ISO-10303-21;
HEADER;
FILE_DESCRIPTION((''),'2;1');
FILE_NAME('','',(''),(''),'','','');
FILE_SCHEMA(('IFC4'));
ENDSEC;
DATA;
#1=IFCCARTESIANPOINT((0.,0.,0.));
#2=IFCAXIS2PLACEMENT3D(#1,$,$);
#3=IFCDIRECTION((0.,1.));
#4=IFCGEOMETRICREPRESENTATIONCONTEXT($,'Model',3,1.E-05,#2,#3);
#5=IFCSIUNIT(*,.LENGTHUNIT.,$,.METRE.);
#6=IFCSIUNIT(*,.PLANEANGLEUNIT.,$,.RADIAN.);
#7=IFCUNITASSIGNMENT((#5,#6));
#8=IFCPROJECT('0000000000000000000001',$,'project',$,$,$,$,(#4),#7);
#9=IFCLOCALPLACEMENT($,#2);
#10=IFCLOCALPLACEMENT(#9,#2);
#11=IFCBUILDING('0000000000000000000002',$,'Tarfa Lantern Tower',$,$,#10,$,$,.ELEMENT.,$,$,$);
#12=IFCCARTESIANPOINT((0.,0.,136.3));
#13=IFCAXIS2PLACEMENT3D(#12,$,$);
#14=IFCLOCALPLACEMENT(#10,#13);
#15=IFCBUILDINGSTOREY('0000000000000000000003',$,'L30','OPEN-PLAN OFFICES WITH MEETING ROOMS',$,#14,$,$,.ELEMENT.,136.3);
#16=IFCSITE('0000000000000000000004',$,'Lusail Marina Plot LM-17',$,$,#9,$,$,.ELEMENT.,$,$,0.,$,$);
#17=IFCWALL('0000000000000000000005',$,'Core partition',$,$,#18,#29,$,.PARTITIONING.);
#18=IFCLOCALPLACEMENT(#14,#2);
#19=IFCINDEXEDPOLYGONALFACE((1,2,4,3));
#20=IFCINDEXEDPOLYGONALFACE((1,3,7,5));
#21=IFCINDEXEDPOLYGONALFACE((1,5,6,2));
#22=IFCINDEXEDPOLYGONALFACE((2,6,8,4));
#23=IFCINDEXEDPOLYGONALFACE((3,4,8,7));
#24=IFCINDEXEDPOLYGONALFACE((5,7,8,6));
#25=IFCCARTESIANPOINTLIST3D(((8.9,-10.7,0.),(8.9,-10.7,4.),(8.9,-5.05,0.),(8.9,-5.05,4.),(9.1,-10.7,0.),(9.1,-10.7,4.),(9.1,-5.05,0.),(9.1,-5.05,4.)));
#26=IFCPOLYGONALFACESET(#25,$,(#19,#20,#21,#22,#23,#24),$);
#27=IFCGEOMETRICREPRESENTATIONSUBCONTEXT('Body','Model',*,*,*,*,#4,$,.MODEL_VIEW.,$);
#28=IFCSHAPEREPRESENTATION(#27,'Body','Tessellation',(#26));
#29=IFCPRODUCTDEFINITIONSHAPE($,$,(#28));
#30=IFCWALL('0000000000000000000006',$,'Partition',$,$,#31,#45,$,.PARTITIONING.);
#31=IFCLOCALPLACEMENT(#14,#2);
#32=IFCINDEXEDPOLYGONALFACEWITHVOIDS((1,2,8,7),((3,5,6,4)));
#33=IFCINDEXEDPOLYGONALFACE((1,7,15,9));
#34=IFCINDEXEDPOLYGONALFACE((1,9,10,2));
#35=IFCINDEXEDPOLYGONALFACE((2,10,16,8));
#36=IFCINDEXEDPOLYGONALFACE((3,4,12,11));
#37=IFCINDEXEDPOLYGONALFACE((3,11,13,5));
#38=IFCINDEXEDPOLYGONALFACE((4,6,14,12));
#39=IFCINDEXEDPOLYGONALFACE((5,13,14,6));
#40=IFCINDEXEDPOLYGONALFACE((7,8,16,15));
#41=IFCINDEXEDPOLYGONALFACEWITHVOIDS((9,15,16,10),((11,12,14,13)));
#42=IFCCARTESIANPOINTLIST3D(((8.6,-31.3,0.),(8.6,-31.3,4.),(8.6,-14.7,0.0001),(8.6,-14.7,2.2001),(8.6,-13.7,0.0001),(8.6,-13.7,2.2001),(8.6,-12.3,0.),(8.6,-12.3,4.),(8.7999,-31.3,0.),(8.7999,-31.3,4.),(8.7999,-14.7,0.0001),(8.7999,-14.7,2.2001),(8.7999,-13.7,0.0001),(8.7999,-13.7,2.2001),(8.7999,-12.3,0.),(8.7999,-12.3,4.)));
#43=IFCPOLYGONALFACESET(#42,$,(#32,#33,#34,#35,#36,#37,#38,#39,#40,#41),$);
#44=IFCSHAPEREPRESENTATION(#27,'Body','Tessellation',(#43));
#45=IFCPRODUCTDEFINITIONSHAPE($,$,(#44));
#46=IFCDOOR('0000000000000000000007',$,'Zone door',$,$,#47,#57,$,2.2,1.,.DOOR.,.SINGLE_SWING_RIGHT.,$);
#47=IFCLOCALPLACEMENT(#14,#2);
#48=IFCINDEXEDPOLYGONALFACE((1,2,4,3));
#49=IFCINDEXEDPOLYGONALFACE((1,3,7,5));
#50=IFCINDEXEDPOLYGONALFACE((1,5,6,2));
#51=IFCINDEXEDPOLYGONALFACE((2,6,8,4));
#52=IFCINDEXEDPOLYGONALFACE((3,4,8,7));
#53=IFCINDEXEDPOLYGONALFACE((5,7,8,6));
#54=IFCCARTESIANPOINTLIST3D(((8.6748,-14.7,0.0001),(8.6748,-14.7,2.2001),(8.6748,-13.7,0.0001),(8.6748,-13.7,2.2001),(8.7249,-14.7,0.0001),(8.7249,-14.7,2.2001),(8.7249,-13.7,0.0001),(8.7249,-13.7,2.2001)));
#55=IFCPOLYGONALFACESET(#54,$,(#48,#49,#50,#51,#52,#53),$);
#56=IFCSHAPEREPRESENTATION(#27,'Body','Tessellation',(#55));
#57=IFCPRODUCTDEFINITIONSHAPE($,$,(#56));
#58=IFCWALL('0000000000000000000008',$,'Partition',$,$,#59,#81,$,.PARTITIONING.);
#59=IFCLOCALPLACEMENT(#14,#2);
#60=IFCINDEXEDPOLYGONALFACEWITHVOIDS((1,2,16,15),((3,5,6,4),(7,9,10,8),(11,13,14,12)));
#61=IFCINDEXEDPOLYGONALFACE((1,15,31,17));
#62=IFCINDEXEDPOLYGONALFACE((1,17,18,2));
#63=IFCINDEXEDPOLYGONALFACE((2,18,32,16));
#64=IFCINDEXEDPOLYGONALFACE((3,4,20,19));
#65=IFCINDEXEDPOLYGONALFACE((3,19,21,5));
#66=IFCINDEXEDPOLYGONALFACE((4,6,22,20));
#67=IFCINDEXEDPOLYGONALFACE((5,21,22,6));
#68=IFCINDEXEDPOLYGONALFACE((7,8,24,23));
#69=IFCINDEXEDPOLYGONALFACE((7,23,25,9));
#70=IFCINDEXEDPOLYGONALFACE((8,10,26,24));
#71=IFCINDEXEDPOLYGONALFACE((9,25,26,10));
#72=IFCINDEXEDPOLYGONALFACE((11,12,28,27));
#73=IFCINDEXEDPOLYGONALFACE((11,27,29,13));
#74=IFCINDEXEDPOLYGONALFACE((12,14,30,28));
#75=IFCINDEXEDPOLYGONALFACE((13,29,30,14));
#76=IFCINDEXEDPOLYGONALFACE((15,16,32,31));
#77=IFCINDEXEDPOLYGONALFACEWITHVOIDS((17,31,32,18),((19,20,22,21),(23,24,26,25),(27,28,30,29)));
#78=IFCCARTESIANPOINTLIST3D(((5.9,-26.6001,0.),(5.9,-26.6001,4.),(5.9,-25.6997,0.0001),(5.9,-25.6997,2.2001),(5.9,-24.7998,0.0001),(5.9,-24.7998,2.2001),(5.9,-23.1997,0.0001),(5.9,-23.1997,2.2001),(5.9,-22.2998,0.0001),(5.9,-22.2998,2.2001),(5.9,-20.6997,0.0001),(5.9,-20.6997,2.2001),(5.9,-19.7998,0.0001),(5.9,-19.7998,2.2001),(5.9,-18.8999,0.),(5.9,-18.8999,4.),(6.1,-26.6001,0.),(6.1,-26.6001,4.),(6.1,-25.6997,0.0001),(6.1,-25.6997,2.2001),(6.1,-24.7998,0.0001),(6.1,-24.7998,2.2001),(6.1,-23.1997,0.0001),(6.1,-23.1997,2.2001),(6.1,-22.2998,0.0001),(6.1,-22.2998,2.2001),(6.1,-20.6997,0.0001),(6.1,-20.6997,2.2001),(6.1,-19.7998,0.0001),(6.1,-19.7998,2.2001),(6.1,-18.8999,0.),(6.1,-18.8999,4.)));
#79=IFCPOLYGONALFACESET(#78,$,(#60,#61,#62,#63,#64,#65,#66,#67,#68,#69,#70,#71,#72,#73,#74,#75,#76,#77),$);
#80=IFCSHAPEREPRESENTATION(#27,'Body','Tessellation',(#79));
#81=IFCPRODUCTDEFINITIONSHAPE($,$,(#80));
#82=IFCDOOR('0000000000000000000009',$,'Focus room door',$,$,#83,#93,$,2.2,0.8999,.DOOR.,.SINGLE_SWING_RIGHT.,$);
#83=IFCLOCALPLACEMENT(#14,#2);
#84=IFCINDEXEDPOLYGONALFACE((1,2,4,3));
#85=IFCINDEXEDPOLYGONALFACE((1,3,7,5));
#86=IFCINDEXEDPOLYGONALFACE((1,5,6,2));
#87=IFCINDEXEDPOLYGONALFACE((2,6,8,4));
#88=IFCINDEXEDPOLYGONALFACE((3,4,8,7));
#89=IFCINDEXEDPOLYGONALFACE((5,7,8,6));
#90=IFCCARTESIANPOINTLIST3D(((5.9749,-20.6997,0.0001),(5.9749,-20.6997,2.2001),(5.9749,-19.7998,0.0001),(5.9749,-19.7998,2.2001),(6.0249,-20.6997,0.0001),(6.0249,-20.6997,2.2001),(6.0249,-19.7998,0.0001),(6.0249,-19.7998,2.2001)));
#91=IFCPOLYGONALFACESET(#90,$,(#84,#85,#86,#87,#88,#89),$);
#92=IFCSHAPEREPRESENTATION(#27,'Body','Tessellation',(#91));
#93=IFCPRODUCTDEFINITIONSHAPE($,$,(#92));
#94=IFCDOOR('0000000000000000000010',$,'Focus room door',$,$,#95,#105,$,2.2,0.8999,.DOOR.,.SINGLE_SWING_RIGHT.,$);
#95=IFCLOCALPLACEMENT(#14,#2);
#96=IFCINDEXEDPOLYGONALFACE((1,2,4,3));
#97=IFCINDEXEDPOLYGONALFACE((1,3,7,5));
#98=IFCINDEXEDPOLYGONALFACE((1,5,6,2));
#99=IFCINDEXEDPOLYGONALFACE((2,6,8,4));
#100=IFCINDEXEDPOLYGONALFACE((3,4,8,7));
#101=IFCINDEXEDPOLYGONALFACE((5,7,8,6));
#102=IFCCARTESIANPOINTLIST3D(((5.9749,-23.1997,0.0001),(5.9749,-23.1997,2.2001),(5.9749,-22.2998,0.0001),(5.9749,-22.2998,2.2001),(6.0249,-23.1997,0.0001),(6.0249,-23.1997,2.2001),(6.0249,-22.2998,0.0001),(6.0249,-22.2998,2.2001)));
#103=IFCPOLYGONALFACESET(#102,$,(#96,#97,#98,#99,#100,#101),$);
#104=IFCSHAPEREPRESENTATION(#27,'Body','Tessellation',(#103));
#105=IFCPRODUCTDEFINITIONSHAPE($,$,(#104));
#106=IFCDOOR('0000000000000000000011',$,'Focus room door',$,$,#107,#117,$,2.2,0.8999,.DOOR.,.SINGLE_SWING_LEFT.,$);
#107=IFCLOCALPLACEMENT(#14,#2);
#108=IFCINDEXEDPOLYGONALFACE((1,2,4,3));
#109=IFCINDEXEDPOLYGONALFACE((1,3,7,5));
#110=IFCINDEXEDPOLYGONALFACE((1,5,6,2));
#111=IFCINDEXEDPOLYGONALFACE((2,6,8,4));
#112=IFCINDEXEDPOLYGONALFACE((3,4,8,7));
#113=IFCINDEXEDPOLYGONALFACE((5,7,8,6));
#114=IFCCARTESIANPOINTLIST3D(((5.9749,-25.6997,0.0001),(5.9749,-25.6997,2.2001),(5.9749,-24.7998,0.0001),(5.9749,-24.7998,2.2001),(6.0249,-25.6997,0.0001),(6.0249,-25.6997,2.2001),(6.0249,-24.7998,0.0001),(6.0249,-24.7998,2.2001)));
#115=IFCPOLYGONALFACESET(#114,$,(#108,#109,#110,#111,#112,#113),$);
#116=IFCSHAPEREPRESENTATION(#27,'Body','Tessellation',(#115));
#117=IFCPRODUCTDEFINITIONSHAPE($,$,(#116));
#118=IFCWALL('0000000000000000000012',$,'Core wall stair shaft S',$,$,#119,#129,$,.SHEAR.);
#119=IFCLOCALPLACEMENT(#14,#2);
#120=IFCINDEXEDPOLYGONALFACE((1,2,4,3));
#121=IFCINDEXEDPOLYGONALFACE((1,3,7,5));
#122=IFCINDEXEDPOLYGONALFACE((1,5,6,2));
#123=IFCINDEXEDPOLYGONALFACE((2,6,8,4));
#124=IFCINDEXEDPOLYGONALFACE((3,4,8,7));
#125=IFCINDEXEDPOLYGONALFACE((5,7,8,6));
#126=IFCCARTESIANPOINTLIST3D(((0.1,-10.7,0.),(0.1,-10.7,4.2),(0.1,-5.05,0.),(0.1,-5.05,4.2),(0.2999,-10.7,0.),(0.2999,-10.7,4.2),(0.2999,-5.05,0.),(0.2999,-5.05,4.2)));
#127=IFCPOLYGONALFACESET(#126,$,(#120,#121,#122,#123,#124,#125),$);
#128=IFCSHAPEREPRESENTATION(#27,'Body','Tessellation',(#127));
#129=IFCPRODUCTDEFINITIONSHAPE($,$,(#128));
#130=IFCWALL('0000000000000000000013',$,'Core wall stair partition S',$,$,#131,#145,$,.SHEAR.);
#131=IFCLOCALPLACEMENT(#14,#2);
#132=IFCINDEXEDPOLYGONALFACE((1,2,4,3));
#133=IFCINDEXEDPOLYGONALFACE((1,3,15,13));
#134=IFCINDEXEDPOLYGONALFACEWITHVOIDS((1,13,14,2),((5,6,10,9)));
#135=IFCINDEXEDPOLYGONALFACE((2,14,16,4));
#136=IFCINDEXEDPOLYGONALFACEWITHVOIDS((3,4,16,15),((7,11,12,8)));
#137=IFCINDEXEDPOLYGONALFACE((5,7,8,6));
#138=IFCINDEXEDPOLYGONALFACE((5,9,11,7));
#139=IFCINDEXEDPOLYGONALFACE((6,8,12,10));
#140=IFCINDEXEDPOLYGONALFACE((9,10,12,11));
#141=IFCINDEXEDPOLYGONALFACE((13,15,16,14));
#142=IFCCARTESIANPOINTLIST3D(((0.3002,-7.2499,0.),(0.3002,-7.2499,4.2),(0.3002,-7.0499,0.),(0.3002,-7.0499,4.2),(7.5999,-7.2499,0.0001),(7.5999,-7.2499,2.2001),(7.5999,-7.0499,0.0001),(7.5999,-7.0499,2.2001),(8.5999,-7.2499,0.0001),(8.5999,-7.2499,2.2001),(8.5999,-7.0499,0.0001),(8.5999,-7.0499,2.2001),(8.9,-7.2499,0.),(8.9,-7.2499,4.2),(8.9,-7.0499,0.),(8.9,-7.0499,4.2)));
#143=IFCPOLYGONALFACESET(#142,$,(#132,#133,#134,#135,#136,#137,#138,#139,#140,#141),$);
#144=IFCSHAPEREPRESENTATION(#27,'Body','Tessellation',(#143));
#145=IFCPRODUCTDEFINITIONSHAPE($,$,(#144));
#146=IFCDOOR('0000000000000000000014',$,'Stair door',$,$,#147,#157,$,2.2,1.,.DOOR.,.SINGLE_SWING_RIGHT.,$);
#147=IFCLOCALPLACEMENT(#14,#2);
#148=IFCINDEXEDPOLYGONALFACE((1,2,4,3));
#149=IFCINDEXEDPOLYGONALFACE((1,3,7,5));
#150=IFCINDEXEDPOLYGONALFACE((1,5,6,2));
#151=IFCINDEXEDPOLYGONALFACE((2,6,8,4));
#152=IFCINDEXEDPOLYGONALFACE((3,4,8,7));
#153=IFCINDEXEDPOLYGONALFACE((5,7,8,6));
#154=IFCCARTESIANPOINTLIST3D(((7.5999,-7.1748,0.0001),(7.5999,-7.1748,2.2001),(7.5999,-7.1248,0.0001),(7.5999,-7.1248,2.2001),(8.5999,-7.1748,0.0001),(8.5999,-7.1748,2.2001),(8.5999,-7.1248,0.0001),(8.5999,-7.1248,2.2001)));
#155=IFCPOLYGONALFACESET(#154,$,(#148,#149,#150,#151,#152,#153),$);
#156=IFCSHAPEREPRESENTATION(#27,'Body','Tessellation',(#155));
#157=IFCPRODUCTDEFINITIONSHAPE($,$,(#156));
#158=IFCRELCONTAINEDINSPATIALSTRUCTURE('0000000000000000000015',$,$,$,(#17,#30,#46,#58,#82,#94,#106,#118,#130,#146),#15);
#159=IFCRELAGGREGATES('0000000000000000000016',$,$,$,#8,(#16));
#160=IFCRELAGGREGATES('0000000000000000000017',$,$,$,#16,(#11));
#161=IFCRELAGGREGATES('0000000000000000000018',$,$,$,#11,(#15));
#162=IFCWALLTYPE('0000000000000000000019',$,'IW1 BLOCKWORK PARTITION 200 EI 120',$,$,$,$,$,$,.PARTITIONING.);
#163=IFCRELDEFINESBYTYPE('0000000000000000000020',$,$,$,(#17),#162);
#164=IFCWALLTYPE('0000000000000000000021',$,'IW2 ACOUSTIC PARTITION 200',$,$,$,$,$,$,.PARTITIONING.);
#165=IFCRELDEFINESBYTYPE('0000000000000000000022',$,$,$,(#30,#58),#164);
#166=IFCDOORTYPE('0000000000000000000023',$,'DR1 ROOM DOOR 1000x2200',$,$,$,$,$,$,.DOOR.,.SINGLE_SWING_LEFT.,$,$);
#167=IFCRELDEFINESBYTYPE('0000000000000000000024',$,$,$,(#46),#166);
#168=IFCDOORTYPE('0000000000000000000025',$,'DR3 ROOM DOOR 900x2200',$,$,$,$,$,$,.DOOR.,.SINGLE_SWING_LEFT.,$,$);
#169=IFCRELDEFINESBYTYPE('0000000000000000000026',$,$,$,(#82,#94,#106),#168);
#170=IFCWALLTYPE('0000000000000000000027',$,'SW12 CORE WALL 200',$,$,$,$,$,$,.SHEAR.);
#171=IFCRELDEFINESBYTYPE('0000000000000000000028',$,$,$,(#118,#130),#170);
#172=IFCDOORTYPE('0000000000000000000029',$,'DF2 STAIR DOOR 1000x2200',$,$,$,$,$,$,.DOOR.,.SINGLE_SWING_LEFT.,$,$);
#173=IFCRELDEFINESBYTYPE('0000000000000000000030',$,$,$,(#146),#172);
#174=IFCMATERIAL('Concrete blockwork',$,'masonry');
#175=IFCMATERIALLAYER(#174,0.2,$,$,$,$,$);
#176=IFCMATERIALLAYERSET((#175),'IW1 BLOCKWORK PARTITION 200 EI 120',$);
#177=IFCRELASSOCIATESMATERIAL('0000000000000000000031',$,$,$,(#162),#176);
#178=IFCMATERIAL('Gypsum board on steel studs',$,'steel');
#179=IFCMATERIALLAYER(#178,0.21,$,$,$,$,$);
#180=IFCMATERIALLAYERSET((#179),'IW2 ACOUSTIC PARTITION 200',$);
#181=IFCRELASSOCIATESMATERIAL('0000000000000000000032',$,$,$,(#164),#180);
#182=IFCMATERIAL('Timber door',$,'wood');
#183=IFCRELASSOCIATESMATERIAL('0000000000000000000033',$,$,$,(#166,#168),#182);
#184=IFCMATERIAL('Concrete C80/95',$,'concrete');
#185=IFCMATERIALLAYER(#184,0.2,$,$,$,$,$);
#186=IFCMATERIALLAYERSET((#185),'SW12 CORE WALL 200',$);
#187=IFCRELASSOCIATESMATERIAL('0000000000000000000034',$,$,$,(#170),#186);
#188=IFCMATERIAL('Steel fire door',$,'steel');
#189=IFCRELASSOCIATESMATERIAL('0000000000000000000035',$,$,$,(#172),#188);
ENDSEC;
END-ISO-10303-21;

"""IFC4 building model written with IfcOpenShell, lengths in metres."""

from ifc_helpers import new_model, si_unit, direction, frame, frame_2d, origin, place, context, subcontext, project, spatial, rectangle, extrude, material, layer, layer_set, type_object, element, fill, save


model = new_model("IFC4")

# Units and contexts
model_context = context("Model", 3, precision=1e-05, world=origin(), true_north=direction((0.0, 1.0)))
body_context = subcontext(model_context, "Body", "Model", "MODEL_VIEW")
ifc_project = project(units=[si_unit("LENGTHUNIT", "METRE"), si_unit("PLANEANGLEUNIT", "RADIAN")], contexts=[model_context])

# Site, building, storey
site_placement = place(None, origin())
site = spatial("IfcSite", under=ifc_project, at=site_placement, Name="Lusail Marina Plot LM-17", CompositionType="ELEMENT", RefElevation=0.0)
building_placement = place(site_placement, origin())
building = spatial("IfcBuilding", under=site, at=building_placement, Name="Tarfa Lantern Tower", CompositionType="ELEMENT")
storey_placement = place(building_placement, frame((0.0, 0.0, 136.3)))
storey = spatial("IfcBuildingStorey", under=building, at=storey_placement, Name="L30", Description="OPEN-PLAN OFFICES WITH MEETING ROOMS", CompositionType="ELEMENT", Elevation=136.3)

# Wall
ifc_material_1 = material(Name="Concrete blockwork", Category="masonry")
ifc_layer_1 = layer(ifc_material_1, 0.2)
ifc_layer_set_1 = layer_set([ifc_layer_1], Name="IW1 BLOCKWORK PARTITION 200 EI 120")
wall_type_1 = type_object("IfcWallType", Name="IW1 BLOCKWORK PARTITION 200 EI 120", PredefinedType="PARTITIONING", material=ifc_layer_set_1)
wall_1_placement = place(storey_placement, frame((9.0, -5.05, 0.0), z_axis=(0.0, 0.0, 1.0), x_axis=(0.0, -1.0, 0.0)))
element("IfcWall", 1, at=wall_1_placement, inside=storey, type_object=wall_type_1, Name="Core partition", PredefinedType="PARTITIONING", context=body_context, shape_type="SweptSolid", body=[
    extrude(rectangle(XDim=5.6499, YDim=0.2, at=frame_2d((2.825, 0.0))), origin(), (0.0, 0.0, 1.0), 4.0),
])

# Wall, opening, door
ifc_material_2 = material(Name="Gypsum board on steel studs", Category="steel")
ifc_layer_2 = layer(ifc_material_2, 0.21)
ifc_layer_set_2 = layer_set([ifc_layer_2], Name="IW2 ACOUSTIC PARTITION 200")
wall_type_2 = type_object("IfcWallType", Name="IW2 ACOUSTIC PARTITION 200", PredefinedType="PARTITIONING", material=ifc_layer_set_2)
wall_2_placement = place(storey_placement, frame((8.7, -12.3, 0.0), z_axis=(0.0, 0.0, 1.0), x_axis=(0.0, -1.0, 0.0)))
wall_2 = element("IfcWall", 2, at=wall_2_placement, inside=storey, type_object=wall_type_2, Name="Partition", PredefinedType="PARTITIONING", context=body_context, shape_type="SweptSolid", body=[
    extrude(rectangle(XDim=19.0, YDim=0.2, at=frame_2d((9.5, 0.0))), origin(), (0.0, 0.0, 1.0), 4.0),
])
opening_1_placement = place(wall_2_placement, frame((1.3999, 0.0, 0.0)))
opening_1 = element("IfcOpeningElement", 3, at=opening_1_placement, cuts=wall_2, PredefinedType="OPENING", context=body_context, shape_type="SweptSolid", body=[
    extrude(rectangle(XDim=1.0, YDim=2.2, at=frame_2d((0.5, 1.1001))), frame((0.0, 0.1099, 0.0), z_axis=(0.0, -1.0, 0.0), x_axis=(1.0, 0.0, 0.0)), (0.0, 0.0, 1.0), 0.22),
])
ifc_material_3 = material(Name="Timber door", Category="wood")
door_type_1 = type_object("IfcDoorType", Name="DR1 ROOM DOOR 1000x2200", OperationType="SINGLE_SWING_LEFT", PredefinedType="DOOR", material=ifc_material_3)
door_1_placement = place(opening_1_placement, origin())
door_1 = element("IfcDoor", 4, at=door_1_placement, inside=storey, type_object=door_type_1, Name="Zone door", OperationType="SINGLE_SWING_RIGHT", OverallHeight=2.2, OverallWidth=1.0, PredefinedType="DOOR", context=body_context, shape_type="SweptSolid", body=[
    extrude(rectangle(XDim=1.0, YDim=2.2, at=frame_2d((0.5, 1.1001))), frame((0.0, 0.0249, 0.0), z_axis=(0.0, -1.0, 0.0), x_axis=(1.0, 0.0, 0.0)), (0.0, 0.0, 1.0), 0.05),
])
fill(opening_1, door_1)

# Wall, openings, doors
wall_3_placement = place(storey_placement, frame((6.0, -18.8999, 0.0), z_axis=(0.0, 0.0, 1.0), x_axis=(0.0, -1.0, 0.0)))
wall_3 = element("IfcWall", 5, at=wall_3_placement, inside=storey, type_object=wall_type_2, Name="Partition", PredefinedType="PARTITIONING", context=body_context, shape_type="SweptSolid", body=[
    extrude(rectangle(XDim=7.7002, YDim=0.2, at=frame_2d((3.8501, 0.0))), origin(), (0.0, 0.0, 1.0), 4.0),
])
opening_2_placement = place(wall_3_placement, frame((0.8999, 0.0, 0.0)))
opening_2 = element("IfcOpeningElement", 6, at=opening_2_placement, cuts=wall_3, PredefinedType="OPENING", context=body_context, shape_type="SweptSolid", body=[
    extrude(rectangle(XDim=0.8999, YDim=2.2, at=frame_2d((0.45, 1.1001))), frame((0.0, 0.1099, 0.0), z_axis=(0.0, -1.0, 0.0), x_axis=(1.0, 0.0, 0.0)), (0.0, 0.0, 1.0), 0.22),
])
opening_3_placement = place(wall_3_placement, frame((3.3999, 0.0, 0.0)))
opening_3 = element("IfcOpeningElement", 7, at=opening_3_placement, cuts=wall_3, PredefinedType="OPENING", context=body_context, shape_type="SweptSolid", body=[
    extrude(rectangle(XDim=0.8999, YDim=2.2, at=frame_2d((0.45, 1.1001))), frame((0.0, 0.1099, 0.0), z_axis=(0.0, -1.0, 0.0), x_axis=(1.0, 0.0, 0.0)), (0.0, 0.0, 1.0), 0.22),
])
opening_4_placement = place(wall_3_placement, frame((5.8999, 0.0, 0.0)))
opening_4 = element("IfcOpeningElement", 8, at=opening_4_placement, cuts=wall_3, PredefinedType="OPENING", context=body_context, shape_type="SweptSolid", body=[
    extrude(rectangle(XDim=0.8999, YDim=2.2, at=frame_2d((0.45, 1.1001))), frame((0.0, 0.1099, 0.0), z_axis=(0.0, -1.0, 0.0), x_axis=(1.0, 0.0, 0.0)), (0.0, 0.0, 1.0), 0.22),
])
door_type_2 = type_object("IfcDoorType", Name="DR3 ROOM DOOR 900x2200", OperationType="SINGLE_SWING_LEFT", PredefinedType="DOOR", material=ifc_material_3)
door_2_placement = place(opening_2_placement, origin())
door_2 = element("IfcDoor", 9, at=door_2_placement, inside=storey, type_object=door_type_2, Name="Focus room door", OperationType="SINGLE_SWING_RIGHT", OverallHeight=2.2, OverallWidth=0.8999, PredefinedType="DOOR", context=body_context, shape_type="SweptSolid", body=[
    extrude(rectangle(XDim=0.8999, YDim=2.2, at=frame_2d((0.45, 1.1001))), frame((0.0, 0.0249, 0.0), z_axis=(0.0, -1.0, 0.0), x_axis=(1.0, 0.0, 0.0)), (0.0, 0.0, 1.0), 0.05),
])
fill(opening_2, door_2)
door_3_placement = place(opening_3_placement, origin())
door_3 = element("IfcDoor", 10, at=door_3_placement, inside=storey, type_object=door_type_2, Name="Focus room door", OperationType="SINGLE_SWING_RIGHT", OverallHeight=2.2, OverallWidth=0.8999, PredefinedType="DOOR", context=body_context, shape_type="SweptSolid", body=[
    extrude(rectangle(XDim=0.8999, YDim=2.2, at=frame_2d((0.45, 1.1001))), frame((0.0, 0.0249, 0.0), z_axis=(0.0, -1.0, 0.0), x_axis=(1.0, 0.0, 0.0)), (0.0, 0.0, 1.0), 0.05),
])
fill(opening_3, door_3)
door_4_placement = place(opening_4_placement, origin())
door_4 = element("IfcDoor", 11, at=door_4_placement, inside=storey, type_object=door_type_2, Name="Focus room door", OperationType="SINGLE_SWING_LEFT", OverallHeight=2.2, OverallWidth=0.8999, PredefinedType="DOOR", context=body_context, shape_type="SweptSolid", body=[
    extrude(rectangle(XDim=0.8999, YDim=2.2, at=frame_2d((0.45, 1.1001))), frame((0.0, 0.0249, 0.0), z_axis=(0.0, -1.0, 0.0), x_axis=(1.0, 0.0, 0.0)), (0.0, 0.0, 1.0), 0.05),
])
fill(opening_4, door_4)

# Wall
ifc_material_4 = material(Name="Concrete C80/95", Category="concrete")
ifc_layer_3 = layer(ifc_material_4, 0.2)
ifc_layer_set_3 = layer_set([ifc_layer_3], Name="SW12 CORE WALL 200")
wall_type_3 = type_object("IfcWallType", Name="SW12 CORE WALL 200", PredefinedType="SHEAR", material=ifc_layer_set_3)
wall_4_placement = place(storey_placement, frame((0.2, -5.05, 0.0), z_axis=(0.0, 0.0, 1.0), x_axis=(0.0, -1.0, 0.0)))
element("IfcWall", 12, at=wall_4_placement, inside=storey, type_object=wall_type_3, Name="Core wall stair shaft S", PredefinedType="SHEAR", context=body_context, shape_type="SweptSolid", body=[
    extrude(rectangle(XDim=5.6499, YDim=0.2, at=frame_2d((2.825, 0.0))), origin(), (0.0, 0.0, 1.0), 4.2),
])

# Wall, opening, door
wall_5_placement = place(storey_placement, frame((8.8999, -7.1499, 0.0), z_axis=(0.0, 0.0, 1.0), x_axis=(-1.0, 0.0, 0.0)))
wall_5 = element("IfcWall", 13, at=wall_5_placement, inside=storey, type_object=wall_type_3, Name="Core wall stair partition S", PredefinedType="SHEAR", context=body_context, shape_type="SweptSolid", body=[
    extrude(rectangle(XDim=8.5999, YDim=0.2, at=frame_2d((4.2998, 0.0))), origin(), (0.0, 0.0, 1.0), 4.2),
])
opening_5_placement = place(wall_5_placement, frame((0.3, 0.0, 0.0)))
opening_5 = element("IfcOpeningElement", 14, at=opening_5_placement, cuts=wall_5, PredefinedType="OPENING", context=body_context, shape_type="SweptSolid", body=[
    extrude(rectangle(XDim=1.0, YDim=2.2, at=frame_2d((0.5, 1.1001))), frame((0.0, 0.1099, 0.0), z_axis=(0.0, -1.0, 0.0), x_axis=(1.0, 0.0, 0.0)), (0.0, 0.0, 1.0), 0.22),
])
ifc_material_5 = material(Name="Steel fire door", Category="steel")
door_type_3 = type_object("IfcDoorType", Name="DF2 STAIR DOOR 1000x2200", OperationType="SINGLE_SWING_LEFT", PredefinedType="DOOR", material=ifc_material_5)
door_5_placement = place(opening_5_placement, origin())
door_5 = element("IfcDoor", 15, at=door_5_placement, inside=storey, type_object=door_type_3, Name="Stair door", OperationType="SINGLE_SWING_RIGHT", OverallHeight=2.2, OverallWidth=1.0, PredefinedType="DOOR", context=body_context, shape_type="SweptSolid", body=[
    extrude(rectangle(XDim=1.0, YDim=2.2, at=frame_2d((0.5, 1.1001))), frame((0.0, 0.0249, 0.0), z_axis=(0.0, -1.0, 0.0), x_axis=(1.0, 0.0, 0.0)), (0.0, 0.0, 1.0), 0.05),
])
fill(opening_5, door_5)

save(model, "model.ifc")
